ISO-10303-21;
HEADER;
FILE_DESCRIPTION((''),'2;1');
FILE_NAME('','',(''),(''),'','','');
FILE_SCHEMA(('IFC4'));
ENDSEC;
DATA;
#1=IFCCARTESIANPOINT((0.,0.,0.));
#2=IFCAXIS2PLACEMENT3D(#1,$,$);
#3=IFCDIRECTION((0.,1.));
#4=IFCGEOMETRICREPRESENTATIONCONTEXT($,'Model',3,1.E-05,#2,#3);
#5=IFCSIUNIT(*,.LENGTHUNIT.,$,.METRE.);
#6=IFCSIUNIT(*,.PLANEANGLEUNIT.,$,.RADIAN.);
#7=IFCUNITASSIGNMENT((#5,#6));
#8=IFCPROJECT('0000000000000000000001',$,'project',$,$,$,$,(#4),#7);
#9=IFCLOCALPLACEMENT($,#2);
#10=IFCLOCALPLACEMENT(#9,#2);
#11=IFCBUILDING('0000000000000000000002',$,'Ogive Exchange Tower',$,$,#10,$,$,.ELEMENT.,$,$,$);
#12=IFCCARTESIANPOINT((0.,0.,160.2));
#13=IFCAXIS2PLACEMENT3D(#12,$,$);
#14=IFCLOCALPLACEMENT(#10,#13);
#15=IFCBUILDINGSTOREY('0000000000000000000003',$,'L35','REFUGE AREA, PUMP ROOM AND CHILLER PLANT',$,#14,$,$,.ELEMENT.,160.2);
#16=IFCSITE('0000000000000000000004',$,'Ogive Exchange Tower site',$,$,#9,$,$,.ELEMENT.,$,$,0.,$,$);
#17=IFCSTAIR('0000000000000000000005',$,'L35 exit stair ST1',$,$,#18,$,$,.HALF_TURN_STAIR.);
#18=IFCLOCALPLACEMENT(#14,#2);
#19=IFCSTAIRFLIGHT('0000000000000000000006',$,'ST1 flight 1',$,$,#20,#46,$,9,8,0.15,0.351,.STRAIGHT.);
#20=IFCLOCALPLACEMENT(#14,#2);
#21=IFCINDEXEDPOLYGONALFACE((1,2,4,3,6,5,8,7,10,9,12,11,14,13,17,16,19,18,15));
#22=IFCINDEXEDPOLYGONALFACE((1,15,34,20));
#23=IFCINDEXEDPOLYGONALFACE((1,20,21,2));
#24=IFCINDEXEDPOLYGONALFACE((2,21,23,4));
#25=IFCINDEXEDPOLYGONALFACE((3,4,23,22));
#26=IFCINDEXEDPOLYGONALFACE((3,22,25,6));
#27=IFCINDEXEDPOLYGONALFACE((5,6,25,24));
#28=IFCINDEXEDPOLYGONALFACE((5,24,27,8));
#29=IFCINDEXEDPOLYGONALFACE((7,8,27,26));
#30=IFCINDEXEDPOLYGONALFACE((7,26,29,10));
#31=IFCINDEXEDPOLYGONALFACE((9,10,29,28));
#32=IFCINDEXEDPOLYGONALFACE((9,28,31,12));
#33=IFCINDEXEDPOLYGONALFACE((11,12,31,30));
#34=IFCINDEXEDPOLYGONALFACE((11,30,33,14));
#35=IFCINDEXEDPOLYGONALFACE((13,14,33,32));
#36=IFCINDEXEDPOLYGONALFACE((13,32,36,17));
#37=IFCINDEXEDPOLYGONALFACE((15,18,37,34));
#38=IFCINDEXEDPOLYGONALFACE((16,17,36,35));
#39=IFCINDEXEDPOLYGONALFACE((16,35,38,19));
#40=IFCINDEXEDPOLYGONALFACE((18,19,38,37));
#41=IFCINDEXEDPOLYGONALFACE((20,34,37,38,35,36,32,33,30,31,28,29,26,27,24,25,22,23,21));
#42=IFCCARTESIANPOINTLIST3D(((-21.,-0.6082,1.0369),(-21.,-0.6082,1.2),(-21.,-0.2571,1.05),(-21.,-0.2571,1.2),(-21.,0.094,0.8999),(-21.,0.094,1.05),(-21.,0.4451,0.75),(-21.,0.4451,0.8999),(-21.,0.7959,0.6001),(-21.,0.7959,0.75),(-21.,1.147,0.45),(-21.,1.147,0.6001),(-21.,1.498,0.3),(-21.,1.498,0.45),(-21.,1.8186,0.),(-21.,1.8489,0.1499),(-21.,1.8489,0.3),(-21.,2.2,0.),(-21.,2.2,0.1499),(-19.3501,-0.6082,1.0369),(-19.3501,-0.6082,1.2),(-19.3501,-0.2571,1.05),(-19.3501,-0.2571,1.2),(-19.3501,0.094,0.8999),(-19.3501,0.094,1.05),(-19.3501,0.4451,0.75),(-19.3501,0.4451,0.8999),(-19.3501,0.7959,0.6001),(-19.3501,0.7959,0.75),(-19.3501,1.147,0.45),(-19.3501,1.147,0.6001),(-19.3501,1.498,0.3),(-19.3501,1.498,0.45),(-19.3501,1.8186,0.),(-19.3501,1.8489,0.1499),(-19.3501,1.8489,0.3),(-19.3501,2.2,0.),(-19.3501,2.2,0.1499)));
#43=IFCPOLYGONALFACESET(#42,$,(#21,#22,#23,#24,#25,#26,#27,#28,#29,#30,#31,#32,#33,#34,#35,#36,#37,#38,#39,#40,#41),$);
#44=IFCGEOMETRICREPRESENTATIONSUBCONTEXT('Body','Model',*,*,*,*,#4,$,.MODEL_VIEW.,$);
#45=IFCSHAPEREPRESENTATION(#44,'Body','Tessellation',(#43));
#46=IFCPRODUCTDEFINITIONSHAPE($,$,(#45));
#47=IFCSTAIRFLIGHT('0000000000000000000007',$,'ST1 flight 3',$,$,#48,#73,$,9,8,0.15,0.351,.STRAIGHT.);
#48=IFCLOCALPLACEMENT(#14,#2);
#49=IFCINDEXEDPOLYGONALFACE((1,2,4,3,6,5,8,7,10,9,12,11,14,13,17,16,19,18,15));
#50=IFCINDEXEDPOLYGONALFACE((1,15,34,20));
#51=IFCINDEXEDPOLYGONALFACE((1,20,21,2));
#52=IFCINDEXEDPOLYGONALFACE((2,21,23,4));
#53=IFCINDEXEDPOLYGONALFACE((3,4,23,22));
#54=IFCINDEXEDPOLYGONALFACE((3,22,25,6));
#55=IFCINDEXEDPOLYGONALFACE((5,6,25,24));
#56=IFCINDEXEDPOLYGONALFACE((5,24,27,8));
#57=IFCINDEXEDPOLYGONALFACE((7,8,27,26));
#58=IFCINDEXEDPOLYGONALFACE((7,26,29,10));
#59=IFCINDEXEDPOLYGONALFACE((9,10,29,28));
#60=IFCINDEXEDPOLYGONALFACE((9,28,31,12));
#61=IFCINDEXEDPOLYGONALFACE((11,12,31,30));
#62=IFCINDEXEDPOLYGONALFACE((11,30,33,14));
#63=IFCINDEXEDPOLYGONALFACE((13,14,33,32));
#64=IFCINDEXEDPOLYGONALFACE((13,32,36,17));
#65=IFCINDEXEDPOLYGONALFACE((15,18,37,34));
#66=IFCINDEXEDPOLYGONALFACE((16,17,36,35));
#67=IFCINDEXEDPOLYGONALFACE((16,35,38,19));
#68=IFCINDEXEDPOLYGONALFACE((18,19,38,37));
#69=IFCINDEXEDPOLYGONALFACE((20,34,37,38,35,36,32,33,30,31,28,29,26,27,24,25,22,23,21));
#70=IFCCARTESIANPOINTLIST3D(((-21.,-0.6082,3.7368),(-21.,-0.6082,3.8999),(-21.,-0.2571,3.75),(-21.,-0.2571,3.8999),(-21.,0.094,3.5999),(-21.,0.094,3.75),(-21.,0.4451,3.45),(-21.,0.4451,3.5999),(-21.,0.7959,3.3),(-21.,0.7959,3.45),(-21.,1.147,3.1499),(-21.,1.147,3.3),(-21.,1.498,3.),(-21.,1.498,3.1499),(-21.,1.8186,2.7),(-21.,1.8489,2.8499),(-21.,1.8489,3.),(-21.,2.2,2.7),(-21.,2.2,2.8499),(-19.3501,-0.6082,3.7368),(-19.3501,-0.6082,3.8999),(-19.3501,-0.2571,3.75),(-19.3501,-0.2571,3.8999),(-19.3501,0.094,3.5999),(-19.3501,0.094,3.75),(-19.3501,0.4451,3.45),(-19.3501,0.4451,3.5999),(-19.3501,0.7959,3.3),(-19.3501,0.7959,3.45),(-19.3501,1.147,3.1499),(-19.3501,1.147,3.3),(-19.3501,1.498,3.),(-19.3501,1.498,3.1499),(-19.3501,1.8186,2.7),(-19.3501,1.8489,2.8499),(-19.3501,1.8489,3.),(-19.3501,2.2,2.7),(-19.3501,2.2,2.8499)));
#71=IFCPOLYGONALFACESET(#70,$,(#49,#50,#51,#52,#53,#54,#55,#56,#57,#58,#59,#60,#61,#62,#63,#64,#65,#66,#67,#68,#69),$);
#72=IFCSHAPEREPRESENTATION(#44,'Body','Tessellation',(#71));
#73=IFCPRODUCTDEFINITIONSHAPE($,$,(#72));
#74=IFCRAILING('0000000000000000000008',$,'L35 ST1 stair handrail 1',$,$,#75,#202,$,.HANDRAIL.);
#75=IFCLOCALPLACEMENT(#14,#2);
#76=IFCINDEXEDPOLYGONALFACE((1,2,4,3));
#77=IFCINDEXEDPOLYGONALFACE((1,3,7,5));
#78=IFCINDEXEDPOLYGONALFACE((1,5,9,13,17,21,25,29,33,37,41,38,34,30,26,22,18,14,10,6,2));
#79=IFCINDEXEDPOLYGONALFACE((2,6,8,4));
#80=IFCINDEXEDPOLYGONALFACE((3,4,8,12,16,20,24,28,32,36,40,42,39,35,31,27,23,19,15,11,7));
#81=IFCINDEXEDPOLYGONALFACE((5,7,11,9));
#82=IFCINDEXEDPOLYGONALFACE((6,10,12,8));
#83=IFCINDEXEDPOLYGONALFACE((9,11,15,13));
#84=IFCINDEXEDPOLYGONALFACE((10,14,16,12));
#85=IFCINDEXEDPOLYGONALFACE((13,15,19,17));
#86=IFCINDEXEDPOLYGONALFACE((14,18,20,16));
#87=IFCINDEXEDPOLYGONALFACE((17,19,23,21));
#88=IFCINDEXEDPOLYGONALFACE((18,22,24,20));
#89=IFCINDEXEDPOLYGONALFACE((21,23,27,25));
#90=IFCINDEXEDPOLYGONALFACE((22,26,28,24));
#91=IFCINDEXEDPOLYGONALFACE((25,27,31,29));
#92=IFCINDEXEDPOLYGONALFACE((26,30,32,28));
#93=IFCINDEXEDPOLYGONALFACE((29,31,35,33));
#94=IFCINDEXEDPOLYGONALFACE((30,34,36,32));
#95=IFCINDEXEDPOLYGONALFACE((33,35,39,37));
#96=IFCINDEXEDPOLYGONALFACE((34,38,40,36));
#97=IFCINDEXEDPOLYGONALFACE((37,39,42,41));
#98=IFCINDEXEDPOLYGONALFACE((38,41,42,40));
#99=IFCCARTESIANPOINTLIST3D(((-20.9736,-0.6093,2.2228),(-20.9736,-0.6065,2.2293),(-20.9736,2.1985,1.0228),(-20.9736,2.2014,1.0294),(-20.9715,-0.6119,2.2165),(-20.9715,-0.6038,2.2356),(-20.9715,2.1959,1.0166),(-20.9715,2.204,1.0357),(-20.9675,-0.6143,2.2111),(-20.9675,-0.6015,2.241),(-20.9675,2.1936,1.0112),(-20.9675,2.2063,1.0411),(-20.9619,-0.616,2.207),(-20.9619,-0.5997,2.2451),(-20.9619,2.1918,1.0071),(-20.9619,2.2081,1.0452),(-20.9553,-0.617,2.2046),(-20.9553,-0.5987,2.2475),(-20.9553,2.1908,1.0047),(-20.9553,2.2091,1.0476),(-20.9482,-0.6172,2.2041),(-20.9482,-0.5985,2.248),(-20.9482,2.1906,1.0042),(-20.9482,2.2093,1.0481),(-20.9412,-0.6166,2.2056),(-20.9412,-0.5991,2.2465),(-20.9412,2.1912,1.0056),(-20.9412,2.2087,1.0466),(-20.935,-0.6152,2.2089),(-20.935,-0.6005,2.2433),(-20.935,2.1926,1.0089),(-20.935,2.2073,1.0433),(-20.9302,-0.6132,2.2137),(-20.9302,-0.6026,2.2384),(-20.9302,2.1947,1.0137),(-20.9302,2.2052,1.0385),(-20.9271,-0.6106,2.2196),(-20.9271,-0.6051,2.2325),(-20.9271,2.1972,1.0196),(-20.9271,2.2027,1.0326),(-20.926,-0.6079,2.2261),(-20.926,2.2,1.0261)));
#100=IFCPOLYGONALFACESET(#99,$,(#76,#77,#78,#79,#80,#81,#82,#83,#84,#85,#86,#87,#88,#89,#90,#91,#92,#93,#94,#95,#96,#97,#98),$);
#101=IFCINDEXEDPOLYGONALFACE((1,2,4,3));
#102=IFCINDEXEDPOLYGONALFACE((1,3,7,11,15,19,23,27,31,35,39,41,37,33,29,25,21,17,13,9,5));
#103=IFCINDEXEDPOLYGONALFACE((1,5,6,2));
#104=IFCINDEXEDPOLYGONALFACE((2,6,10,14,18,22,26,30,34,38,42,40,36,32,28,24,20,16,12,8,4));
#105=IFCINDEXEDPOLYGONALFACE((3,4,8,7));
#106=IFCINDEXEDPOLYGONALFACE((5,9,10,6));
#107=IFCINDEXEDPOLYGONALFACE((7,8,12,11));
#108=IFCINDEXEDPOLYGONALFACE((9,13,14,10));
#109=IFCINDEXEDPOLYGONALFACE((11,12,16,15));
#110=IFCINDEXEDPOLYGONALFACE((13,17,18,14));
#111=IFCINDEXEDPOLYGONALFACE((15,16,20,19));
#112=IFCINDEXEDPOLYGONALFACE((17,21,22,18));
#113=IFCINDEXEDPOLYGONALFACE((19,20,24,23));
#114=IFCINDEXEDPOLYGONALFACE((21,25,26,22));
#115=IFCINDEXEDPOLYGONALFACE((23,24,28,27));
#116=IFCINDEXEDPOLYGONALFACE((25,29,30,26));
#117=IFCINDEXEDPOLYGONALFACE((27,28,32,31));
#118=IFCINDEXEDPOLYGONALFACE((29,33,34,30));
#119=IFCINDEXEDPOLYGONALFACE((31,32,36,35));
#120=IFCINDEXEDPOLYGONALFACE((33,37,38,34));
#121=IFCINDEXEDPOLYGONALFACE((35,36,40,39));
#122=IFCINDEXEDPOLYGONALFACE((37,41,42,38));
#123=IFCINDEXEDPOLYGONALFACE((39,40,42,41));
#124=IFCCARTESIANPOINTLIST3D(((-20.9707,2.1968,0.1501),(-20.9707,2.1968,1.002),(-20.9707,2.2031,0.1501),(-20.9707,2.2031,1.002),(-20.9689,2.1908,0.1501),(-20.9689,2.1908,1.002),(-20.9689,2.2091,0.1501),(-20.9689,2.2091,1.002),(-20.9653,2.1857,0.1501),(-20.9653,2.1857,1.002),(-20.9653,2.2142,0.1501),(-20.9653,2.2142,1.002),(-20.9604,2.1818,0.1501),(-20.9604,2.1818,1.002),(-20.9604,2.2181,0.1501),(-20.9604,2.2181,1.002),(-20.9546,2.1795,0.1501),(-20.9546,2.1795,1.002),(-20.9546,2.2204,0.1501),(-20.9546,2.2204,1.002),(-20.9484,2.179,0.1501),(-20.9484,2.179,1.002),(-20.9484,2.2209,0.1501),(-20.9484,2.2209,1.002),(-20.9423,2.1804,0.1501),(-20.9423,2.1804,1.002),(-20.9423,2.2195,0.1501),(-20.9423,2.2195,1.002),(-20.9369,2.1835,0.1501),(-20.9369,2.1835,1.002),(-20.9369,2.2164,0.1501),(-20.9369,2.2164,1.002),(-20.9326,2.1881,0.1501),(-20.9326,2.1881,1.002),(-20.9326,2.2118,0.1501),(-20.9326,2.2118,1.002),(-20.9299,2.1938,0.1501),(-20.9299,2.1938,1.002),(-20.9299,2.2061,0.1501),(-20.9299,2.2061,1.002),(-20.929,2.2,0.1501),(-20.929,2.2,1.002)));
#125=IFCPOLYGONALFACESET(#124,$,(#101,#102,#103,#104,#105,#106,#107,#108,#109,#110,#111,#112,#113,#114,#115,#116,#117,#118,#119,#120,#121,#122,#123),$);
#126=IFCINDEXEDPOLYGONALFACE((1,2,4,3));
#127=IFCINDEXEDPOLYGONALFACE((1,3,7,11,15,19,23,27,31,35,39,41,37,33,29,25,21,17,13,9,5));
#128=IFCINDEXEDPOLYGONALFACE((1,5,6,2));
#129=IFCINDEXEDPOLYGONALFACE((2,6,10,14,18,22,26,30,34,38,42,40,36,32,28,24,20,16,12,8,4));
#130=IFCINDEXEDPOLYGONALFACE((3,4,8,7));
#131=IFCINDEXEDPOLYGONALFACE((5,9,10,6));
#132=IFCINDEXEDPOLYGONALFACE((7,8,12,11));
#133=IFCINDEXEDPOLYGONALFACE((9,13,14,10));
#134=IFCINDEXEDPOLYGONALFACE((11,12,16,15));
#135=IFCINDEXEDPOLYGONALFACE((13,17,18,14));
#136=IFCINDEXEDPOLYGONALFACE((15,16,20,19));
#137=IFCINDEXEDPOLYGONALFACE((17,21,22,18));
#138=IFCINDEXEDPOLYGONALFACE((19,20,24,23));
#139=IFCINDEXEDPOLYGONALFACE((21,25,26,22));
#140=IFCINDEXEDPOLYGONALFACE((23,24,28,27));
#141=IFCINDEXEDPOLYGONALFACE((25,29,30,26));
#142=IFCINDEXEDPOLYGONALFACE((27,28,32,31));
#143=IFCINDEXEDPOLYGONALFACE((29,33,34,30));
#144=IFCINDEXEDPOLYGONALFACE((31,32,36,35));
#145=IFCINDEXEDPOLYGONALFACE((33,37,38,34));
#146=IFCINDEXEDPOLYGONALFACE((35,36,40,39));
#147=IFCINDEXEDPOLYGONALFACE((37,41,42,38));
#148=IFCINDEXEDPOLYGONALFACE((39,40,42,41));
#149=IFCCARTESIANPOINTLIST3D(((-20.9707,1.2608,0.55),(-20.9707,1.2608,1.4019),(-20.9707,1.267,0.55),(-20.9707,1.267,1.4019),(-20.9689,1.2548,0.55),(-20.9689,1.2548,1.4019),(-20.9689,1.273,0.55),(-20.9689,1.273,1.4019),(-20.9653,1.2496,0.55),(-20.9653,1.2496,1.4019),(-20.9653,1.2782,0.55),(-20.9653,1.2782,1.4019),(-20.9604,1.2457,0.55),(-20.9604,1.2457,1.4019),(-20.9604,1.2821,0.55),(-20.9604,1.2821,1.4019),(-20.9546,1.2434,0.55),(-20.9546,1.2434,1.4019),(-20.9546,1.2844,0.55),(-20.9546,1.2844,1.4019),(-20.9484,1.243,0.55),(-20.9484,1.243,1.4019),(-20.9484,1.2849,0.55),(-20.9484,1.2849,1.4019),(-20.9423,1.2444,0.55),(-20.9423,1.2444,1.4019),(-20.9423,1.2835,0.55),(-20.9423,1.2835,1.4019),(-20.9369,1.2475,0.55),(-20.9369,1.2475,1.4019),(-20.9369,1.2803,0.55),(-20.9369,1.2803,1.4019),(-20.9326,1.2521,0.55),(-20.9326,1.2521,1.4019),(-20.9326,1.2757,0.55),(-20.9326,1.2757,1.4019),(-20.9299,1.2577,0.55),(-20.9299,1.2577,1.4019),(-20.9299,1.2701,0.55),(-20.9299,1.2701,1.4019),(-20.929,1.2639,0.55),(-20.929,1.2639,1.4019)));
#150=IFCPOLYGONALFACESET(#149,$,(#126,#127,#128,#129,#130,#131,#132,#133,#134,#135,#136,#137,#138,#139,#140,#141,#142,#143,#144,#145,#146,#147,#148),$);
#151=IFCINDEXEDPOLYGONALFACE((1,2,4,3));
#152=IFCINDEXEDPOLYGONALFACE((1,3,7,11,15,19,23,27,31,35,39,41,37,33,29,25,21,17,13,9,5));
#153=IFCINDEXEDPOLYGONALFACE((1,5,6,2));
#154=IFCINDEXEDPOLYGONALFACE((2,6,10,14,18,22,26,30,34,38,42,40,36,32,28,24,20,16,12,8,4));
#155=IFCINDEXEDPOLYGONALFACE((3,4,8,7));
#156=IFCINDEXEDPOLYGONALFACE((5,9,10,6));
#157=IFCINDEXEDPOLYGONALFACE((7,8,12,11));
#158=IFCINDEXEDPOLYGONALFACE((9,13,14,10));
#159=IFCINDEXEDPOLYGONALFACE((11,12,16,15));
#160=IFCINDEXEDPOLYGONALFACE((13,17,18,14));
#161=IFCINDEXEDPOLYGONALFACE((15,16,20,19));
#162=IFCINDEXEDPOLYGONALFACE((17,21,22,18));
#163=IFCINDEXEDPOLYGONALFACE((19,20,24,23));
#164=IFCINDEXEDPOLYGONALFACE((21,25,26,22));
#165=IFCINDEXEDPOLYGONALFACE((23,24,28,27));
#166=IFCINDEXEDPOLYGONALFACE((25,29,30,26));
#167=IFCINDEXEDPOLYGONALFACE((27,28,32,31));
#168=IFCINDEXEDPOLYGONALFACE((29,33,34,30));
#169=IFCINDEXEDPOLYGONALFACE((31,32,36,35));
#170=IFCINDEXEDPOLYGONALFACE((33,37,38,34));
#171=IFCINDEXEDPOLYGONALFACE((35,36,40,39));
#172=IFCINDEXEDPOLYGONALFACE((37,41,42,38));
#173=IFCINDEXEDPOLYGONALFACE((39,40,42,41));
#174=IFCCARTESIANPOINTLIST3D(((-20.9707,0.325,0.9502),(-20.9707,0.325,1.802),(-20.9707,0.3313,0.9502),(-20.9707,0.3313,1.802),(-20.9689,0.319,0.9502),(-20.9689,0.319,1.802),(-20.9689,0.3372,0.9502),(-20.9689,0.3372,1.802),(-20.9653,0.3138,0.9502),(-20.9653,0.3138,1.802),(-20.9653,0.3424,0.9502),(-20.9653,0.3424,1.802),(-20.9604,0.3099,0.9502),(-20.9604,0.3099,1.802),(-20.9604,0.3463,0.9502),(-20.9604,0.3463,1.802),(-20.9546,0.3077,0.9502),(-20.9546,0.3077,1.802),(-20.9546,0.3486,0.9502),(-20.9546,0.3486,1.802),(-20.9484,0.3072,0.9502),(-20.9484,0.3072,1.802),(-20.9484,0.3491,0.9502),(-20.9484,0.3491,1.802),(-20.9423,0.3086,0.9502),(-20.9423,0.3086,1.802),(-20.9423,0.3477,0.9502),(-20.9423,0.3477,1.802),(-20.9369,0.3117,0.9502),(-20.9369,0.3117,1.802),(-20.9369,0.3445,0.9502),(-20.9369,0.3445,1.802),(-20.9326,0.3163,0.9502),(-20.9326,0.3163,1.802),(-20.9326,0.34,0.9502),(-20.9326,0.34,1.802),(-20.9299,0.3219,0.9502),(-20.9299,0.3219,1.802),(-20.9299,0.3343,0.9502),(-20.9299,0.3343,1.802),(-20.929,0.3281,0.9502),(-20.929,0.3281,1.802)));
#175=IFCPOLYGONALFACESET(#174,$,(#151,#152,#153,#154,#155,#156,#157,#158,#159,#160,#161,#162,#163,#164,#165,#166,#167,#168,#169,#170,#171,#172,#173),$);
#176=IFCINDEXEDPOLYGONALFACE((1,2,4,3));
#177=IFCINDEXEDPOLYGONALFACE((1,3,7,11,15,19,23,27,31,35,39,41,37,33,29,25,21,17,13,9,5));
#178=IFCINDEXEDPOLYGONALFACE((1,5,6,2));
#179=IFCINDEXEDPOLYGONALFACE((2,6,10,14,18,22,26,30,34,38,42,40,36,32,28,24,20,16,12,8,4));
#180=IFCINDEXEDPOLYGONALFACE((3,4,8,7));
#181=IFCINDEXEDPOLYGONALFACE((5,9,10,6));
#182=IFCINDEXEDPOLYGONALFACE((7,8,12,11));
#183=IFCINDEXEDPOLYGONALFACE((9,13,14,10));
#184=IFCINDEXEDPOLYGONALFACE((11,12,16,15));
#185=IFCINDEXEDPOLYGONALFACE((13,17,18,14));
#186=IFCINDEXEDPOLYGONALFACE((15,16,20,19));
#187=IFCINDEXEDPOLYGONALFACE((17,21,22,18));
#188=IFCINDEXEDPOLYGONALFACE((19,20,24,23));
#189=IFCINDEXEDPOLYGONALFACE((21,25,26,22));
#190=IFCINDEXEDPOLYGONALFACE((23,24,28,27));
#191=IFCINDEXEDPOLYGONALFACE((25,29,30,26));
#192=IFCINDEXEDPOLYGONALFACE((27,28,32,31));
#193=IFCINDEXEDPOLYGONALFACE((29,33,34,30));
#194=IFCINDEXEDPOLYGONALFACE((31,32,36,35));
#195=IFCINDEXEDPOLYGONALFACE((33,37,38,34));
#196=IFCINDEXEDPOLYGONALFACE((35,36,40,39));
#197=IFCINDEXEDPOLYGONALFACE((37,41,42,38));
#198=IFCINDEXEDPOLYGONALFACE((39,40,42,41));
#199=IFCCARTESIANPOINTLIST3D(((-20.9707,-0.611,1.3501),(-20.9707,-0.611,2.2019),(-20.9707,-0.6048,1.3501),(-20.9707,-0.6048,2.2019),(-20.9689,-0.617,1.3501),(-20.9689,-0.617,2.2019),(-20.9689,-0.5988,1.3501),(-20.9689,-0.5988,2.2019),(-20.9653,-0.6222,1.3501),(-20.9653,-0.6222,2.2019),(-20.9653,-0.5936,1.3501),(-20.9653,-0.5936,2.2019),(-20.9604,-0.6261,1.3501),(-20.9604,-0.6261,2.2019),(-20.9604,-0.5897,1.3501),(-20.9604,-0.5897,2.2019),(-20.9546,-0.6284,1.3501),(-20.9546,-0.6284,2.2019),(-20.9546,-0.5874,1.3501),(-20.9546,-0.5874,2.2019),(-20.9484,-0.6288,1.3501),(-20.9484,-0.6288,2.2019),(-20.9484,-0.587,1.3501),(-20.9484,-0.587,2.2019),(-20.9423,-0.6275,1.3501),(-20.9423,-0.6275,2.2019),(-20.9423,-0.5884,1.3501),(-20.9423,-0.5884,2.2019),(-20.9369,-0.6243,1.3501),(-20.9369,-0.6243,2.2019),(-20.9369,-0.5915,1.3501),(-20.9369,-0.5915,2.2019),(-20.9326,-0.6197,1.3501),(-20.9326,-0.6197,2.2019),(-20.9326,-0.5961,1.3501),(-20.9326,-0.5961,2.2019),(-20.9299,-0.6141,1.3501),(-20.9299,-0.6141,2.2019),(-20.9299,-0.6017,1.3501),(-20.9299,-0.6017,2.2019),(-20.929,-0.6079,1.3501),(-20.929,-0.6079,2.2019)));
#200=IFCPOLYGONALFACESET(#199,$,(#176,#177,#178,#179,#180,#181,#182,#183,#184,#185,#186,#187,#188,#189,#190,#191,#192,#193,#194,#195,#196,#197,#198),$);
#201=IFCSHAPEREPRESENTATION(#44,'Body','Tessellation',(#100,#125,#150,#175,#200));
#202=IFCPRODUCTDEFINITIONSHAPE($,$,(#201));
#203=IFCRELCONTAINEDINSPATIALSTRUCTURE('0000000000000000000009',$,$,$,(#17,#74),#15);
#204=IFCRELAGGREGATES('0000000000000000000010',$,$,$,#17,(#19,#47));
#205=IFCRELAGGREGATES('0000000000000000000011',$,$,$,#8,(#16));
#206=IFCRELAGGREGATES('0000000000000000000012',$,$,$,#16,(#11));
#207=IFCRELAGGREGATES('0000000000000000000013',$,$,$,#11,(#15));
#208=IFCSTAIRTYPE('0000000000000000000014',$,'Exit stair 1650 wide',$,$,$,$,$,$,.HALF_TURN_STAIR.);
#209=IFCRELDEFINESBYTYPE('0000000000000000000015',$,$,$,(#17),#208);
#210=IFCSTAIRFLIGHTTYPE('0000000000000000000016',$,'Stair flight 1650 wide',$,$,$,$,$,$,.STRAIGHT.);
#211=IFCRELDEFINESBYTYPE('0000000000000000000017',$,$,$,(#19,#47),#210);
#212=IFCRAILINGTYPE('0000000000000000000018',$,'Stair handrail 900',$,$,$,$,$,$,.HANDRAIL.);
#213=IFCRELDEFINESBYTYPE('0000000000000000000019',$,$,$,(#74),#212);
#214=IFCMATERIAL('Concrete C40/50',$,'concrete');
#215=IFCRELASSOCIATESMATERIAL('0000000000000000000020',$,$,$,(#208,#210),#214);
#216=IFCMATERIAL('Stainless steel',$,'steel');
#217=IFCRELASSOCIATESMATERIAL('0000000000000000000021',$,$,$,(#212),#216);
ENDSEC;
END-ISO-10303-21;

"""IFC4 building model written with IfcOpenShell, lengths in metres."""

from ifc_helpers import new_model, si_unit, direction, frame, origin, origin_2d, place, context, subcontext, project, spatial, polyline, circle, outline, extrude, material, type_object, element, aggregate, save


model = new_model("IFC4")

# Units and contexts
model_context = context("Model", 3, precision=1e-05, world=origin(), true_north=direction((0.0, 1.0)))
body_context = subcontext(model_context, "Body", "Model", "MODEL_VIEW")
ifc_project = project(units=[si_unit("LENGTHUNIT", "METRE"), si_unit("PLANEANGLEUNIT", "RADIAN")], contexts=[model_context])

# Site, building, storey
site_placement = place(None, origin())
site = spatial("IfcSite", under=ifc_project, at=site_placement, Name="Ogive Exchange Tower site", CompositionType="ELEMENT", RefElevation=0.0)
building_placement = place(site_placement, origin())
building = spatial("IfcBuilding", under=site, at=building_placement, Name="Ogive Exchange Tower", CompositionType="ELEMENT")
storey_placement = place(building_placement, frame((0.0, 0.0, 160.2)))
storey = spatial("IfcBuildingStorey", under=building, at=storey_placement, Name="L35", Description="REFUGE AREA, PUMP ROOM AND CHILLER PLANT", CompositionType="ELEMENT", Elevation=160.2)

# Shared definitions
ifc_material_1 = material(Name="Stainless steel", Category="steel")

# Stair, stair flights
ifc_material_2 = material(Name="Concrete C40/50", Category="concrete")
stair_type = type_object("IfcStairType", Name="Exit stair 1650 wide", PredefinedType="HALF_TURN_STAIR", material=ifc_material_2)
stair_placement = place(storey_placement, origin())
stair = element("IfcStair", 1, at=stair_placement, inside=storey, type_object=stair_type, Name="L35 exit stair ST1", PredefinedType="HALF_TURN_STAIR")
stair_flight_type = type_object("IfcStairFlightType", Name="Stair flight 1650 wide", PredefinedType="STRAIGHT", material=ifc_material_2)
stair_flight_1_placement = place(storey_placement, frame((-20.175, 2.2, 0.0), z_axis=(0.0, 0.0, 1.0), x_axis=(0.0, -1.0, 0.0)))
stair_flight_1 = element("IfcStairFlight", 2, at=stair_flight_1_placement, type_object=stair_flight_type, Name="ST1 flight 1", NumberOfRisers=9, NumberOfTreads=8, PredefinedType="STRAIGHT", RiserHeight=0.15, TreadLength=0.351, context=body_context, shape_type="SweptSolid", body=[
    extrude(outline(polyline([(0.0, 0.0), (0.0, 0.1499), (0.3511, 0.1499), (0.3511, 0.3), (0.7019, 0.3), (0.7019, 0.45), (1.053, 0.45), (1.053, 0.6001), (1.4041, 0.6001), (1.4041, 0.75), (1.7549, 0.75), (1.7549, 0.8999), (2.106, 0.8999), (2.106, 1.05), (2.457, 1.05), (2.457, 1.2), (2.8081, 1.2), (2.8081, 1.3501), (2.8081, 1.0369), (0.3813, 0.0), (0.0, 0.0)])), frame((0.0, 0.825, 0.0), z_axis=(0.0, -1.0, 0.0), x_axis=(1.0, 0.0, 0.0)), (0.0, 0.0, 1.0), 1.6499),
])
stair_flight_2_placement = place(storey_placement, frame((-20.175, 2.2, 2.7), z_axis=(0.0, 0.0, 1.0), x_axis=(0.0, -1.0, 0.0)))
stair_flight_2 = element("IfcStairFlight", 3, at=stair_flight_2_placement, type_object=stair_flight_type, Name="ST1 flight 3", NumberOfRisers=9, NumberOfTreads=8, PredefinedType="STRAIGHT", RiserHeight=0.15, TreadLength=0.351, context=body_context, shape_type="SweptSolid", body=[
    extrude(outline(polyline([(0.0, 0.0), (0.0, 0.1499), (0.3511, 0.1499), (0.3511, 0.3), (0.7019, 0.3), (0.7019, 0.45), (1.053, 0.45), (1.053, 0.6001), (1.4041, 0.6001), (1.4041, 0.75), (1.7549, 0.75), (1.7549, 0.8999), (2.106, 0.8999), (2.106, 1.05), (2.457, 1.05), (2.457, 1.2), (2.8081, 1.2), (2.8081, 1.3501), (2.8081, 1.0369), (0.3813, 0.0), (0.0, 0.0)])), frame((0.0, 0.825, 0.0), z_axis=(0.0, -1.0, 0.0), x_axis=(1.0, 0.0, 0.0)), (0.0, 0.0, 1.0), 1.6499),
])
aggregate(stair, [stair_flight_1, stair_flight_2])

# Railing
railing_type = type_object("IfcRailingType", Name="Stair handrail 900", PredefinedType="HANDRAIL", material=ifc_material_1)
for number, where, name in (
    (4, (-20.95, 2.2, 0.1501), "L35 ST1 stair handrail 1"),
):
    element("IfcRailing", number, at=place(storey_placement, frame(where)), inside=storey, type_object=railing_type, Name=name, PredefinedType="HANDRAIL", context=body_context, shape_type="SweptSolid", body=[
        extrude(circle(Radius=0.0239, at=origin_2d()), frame((0.0, 0.0, 0.876), z_axis=(0.0, -0.91955, 0.392973), x_axis=(1.0, 0.0, 0.0)), (0.0, 0.0, 1.0), 3.0535),
        extrude(circle(Radius=0.021, at=origin_2d()), origin(), (0.0, 0.0, 1.0), 0.8518),
        extrude(circle(Radius=0.021, at=origin_2d()), frame((0.0, -0.936, 0.3999)), (0.0, 0.0, 1.0), 0.8518),
        extrude(circle(Radius=0.021, at=origin_2d()), frame((0.0, -1.8718, 0.8)), (0.0, 0.0, 1.0), 0.8518),
        extrude(circle(Radius=0.021, at=origin_2d()), frame((0.0, -2.8079, 1.2)), (0.0, 0.0, 1.0), 0.8518),
    ])

save(model, "model.ifc")
